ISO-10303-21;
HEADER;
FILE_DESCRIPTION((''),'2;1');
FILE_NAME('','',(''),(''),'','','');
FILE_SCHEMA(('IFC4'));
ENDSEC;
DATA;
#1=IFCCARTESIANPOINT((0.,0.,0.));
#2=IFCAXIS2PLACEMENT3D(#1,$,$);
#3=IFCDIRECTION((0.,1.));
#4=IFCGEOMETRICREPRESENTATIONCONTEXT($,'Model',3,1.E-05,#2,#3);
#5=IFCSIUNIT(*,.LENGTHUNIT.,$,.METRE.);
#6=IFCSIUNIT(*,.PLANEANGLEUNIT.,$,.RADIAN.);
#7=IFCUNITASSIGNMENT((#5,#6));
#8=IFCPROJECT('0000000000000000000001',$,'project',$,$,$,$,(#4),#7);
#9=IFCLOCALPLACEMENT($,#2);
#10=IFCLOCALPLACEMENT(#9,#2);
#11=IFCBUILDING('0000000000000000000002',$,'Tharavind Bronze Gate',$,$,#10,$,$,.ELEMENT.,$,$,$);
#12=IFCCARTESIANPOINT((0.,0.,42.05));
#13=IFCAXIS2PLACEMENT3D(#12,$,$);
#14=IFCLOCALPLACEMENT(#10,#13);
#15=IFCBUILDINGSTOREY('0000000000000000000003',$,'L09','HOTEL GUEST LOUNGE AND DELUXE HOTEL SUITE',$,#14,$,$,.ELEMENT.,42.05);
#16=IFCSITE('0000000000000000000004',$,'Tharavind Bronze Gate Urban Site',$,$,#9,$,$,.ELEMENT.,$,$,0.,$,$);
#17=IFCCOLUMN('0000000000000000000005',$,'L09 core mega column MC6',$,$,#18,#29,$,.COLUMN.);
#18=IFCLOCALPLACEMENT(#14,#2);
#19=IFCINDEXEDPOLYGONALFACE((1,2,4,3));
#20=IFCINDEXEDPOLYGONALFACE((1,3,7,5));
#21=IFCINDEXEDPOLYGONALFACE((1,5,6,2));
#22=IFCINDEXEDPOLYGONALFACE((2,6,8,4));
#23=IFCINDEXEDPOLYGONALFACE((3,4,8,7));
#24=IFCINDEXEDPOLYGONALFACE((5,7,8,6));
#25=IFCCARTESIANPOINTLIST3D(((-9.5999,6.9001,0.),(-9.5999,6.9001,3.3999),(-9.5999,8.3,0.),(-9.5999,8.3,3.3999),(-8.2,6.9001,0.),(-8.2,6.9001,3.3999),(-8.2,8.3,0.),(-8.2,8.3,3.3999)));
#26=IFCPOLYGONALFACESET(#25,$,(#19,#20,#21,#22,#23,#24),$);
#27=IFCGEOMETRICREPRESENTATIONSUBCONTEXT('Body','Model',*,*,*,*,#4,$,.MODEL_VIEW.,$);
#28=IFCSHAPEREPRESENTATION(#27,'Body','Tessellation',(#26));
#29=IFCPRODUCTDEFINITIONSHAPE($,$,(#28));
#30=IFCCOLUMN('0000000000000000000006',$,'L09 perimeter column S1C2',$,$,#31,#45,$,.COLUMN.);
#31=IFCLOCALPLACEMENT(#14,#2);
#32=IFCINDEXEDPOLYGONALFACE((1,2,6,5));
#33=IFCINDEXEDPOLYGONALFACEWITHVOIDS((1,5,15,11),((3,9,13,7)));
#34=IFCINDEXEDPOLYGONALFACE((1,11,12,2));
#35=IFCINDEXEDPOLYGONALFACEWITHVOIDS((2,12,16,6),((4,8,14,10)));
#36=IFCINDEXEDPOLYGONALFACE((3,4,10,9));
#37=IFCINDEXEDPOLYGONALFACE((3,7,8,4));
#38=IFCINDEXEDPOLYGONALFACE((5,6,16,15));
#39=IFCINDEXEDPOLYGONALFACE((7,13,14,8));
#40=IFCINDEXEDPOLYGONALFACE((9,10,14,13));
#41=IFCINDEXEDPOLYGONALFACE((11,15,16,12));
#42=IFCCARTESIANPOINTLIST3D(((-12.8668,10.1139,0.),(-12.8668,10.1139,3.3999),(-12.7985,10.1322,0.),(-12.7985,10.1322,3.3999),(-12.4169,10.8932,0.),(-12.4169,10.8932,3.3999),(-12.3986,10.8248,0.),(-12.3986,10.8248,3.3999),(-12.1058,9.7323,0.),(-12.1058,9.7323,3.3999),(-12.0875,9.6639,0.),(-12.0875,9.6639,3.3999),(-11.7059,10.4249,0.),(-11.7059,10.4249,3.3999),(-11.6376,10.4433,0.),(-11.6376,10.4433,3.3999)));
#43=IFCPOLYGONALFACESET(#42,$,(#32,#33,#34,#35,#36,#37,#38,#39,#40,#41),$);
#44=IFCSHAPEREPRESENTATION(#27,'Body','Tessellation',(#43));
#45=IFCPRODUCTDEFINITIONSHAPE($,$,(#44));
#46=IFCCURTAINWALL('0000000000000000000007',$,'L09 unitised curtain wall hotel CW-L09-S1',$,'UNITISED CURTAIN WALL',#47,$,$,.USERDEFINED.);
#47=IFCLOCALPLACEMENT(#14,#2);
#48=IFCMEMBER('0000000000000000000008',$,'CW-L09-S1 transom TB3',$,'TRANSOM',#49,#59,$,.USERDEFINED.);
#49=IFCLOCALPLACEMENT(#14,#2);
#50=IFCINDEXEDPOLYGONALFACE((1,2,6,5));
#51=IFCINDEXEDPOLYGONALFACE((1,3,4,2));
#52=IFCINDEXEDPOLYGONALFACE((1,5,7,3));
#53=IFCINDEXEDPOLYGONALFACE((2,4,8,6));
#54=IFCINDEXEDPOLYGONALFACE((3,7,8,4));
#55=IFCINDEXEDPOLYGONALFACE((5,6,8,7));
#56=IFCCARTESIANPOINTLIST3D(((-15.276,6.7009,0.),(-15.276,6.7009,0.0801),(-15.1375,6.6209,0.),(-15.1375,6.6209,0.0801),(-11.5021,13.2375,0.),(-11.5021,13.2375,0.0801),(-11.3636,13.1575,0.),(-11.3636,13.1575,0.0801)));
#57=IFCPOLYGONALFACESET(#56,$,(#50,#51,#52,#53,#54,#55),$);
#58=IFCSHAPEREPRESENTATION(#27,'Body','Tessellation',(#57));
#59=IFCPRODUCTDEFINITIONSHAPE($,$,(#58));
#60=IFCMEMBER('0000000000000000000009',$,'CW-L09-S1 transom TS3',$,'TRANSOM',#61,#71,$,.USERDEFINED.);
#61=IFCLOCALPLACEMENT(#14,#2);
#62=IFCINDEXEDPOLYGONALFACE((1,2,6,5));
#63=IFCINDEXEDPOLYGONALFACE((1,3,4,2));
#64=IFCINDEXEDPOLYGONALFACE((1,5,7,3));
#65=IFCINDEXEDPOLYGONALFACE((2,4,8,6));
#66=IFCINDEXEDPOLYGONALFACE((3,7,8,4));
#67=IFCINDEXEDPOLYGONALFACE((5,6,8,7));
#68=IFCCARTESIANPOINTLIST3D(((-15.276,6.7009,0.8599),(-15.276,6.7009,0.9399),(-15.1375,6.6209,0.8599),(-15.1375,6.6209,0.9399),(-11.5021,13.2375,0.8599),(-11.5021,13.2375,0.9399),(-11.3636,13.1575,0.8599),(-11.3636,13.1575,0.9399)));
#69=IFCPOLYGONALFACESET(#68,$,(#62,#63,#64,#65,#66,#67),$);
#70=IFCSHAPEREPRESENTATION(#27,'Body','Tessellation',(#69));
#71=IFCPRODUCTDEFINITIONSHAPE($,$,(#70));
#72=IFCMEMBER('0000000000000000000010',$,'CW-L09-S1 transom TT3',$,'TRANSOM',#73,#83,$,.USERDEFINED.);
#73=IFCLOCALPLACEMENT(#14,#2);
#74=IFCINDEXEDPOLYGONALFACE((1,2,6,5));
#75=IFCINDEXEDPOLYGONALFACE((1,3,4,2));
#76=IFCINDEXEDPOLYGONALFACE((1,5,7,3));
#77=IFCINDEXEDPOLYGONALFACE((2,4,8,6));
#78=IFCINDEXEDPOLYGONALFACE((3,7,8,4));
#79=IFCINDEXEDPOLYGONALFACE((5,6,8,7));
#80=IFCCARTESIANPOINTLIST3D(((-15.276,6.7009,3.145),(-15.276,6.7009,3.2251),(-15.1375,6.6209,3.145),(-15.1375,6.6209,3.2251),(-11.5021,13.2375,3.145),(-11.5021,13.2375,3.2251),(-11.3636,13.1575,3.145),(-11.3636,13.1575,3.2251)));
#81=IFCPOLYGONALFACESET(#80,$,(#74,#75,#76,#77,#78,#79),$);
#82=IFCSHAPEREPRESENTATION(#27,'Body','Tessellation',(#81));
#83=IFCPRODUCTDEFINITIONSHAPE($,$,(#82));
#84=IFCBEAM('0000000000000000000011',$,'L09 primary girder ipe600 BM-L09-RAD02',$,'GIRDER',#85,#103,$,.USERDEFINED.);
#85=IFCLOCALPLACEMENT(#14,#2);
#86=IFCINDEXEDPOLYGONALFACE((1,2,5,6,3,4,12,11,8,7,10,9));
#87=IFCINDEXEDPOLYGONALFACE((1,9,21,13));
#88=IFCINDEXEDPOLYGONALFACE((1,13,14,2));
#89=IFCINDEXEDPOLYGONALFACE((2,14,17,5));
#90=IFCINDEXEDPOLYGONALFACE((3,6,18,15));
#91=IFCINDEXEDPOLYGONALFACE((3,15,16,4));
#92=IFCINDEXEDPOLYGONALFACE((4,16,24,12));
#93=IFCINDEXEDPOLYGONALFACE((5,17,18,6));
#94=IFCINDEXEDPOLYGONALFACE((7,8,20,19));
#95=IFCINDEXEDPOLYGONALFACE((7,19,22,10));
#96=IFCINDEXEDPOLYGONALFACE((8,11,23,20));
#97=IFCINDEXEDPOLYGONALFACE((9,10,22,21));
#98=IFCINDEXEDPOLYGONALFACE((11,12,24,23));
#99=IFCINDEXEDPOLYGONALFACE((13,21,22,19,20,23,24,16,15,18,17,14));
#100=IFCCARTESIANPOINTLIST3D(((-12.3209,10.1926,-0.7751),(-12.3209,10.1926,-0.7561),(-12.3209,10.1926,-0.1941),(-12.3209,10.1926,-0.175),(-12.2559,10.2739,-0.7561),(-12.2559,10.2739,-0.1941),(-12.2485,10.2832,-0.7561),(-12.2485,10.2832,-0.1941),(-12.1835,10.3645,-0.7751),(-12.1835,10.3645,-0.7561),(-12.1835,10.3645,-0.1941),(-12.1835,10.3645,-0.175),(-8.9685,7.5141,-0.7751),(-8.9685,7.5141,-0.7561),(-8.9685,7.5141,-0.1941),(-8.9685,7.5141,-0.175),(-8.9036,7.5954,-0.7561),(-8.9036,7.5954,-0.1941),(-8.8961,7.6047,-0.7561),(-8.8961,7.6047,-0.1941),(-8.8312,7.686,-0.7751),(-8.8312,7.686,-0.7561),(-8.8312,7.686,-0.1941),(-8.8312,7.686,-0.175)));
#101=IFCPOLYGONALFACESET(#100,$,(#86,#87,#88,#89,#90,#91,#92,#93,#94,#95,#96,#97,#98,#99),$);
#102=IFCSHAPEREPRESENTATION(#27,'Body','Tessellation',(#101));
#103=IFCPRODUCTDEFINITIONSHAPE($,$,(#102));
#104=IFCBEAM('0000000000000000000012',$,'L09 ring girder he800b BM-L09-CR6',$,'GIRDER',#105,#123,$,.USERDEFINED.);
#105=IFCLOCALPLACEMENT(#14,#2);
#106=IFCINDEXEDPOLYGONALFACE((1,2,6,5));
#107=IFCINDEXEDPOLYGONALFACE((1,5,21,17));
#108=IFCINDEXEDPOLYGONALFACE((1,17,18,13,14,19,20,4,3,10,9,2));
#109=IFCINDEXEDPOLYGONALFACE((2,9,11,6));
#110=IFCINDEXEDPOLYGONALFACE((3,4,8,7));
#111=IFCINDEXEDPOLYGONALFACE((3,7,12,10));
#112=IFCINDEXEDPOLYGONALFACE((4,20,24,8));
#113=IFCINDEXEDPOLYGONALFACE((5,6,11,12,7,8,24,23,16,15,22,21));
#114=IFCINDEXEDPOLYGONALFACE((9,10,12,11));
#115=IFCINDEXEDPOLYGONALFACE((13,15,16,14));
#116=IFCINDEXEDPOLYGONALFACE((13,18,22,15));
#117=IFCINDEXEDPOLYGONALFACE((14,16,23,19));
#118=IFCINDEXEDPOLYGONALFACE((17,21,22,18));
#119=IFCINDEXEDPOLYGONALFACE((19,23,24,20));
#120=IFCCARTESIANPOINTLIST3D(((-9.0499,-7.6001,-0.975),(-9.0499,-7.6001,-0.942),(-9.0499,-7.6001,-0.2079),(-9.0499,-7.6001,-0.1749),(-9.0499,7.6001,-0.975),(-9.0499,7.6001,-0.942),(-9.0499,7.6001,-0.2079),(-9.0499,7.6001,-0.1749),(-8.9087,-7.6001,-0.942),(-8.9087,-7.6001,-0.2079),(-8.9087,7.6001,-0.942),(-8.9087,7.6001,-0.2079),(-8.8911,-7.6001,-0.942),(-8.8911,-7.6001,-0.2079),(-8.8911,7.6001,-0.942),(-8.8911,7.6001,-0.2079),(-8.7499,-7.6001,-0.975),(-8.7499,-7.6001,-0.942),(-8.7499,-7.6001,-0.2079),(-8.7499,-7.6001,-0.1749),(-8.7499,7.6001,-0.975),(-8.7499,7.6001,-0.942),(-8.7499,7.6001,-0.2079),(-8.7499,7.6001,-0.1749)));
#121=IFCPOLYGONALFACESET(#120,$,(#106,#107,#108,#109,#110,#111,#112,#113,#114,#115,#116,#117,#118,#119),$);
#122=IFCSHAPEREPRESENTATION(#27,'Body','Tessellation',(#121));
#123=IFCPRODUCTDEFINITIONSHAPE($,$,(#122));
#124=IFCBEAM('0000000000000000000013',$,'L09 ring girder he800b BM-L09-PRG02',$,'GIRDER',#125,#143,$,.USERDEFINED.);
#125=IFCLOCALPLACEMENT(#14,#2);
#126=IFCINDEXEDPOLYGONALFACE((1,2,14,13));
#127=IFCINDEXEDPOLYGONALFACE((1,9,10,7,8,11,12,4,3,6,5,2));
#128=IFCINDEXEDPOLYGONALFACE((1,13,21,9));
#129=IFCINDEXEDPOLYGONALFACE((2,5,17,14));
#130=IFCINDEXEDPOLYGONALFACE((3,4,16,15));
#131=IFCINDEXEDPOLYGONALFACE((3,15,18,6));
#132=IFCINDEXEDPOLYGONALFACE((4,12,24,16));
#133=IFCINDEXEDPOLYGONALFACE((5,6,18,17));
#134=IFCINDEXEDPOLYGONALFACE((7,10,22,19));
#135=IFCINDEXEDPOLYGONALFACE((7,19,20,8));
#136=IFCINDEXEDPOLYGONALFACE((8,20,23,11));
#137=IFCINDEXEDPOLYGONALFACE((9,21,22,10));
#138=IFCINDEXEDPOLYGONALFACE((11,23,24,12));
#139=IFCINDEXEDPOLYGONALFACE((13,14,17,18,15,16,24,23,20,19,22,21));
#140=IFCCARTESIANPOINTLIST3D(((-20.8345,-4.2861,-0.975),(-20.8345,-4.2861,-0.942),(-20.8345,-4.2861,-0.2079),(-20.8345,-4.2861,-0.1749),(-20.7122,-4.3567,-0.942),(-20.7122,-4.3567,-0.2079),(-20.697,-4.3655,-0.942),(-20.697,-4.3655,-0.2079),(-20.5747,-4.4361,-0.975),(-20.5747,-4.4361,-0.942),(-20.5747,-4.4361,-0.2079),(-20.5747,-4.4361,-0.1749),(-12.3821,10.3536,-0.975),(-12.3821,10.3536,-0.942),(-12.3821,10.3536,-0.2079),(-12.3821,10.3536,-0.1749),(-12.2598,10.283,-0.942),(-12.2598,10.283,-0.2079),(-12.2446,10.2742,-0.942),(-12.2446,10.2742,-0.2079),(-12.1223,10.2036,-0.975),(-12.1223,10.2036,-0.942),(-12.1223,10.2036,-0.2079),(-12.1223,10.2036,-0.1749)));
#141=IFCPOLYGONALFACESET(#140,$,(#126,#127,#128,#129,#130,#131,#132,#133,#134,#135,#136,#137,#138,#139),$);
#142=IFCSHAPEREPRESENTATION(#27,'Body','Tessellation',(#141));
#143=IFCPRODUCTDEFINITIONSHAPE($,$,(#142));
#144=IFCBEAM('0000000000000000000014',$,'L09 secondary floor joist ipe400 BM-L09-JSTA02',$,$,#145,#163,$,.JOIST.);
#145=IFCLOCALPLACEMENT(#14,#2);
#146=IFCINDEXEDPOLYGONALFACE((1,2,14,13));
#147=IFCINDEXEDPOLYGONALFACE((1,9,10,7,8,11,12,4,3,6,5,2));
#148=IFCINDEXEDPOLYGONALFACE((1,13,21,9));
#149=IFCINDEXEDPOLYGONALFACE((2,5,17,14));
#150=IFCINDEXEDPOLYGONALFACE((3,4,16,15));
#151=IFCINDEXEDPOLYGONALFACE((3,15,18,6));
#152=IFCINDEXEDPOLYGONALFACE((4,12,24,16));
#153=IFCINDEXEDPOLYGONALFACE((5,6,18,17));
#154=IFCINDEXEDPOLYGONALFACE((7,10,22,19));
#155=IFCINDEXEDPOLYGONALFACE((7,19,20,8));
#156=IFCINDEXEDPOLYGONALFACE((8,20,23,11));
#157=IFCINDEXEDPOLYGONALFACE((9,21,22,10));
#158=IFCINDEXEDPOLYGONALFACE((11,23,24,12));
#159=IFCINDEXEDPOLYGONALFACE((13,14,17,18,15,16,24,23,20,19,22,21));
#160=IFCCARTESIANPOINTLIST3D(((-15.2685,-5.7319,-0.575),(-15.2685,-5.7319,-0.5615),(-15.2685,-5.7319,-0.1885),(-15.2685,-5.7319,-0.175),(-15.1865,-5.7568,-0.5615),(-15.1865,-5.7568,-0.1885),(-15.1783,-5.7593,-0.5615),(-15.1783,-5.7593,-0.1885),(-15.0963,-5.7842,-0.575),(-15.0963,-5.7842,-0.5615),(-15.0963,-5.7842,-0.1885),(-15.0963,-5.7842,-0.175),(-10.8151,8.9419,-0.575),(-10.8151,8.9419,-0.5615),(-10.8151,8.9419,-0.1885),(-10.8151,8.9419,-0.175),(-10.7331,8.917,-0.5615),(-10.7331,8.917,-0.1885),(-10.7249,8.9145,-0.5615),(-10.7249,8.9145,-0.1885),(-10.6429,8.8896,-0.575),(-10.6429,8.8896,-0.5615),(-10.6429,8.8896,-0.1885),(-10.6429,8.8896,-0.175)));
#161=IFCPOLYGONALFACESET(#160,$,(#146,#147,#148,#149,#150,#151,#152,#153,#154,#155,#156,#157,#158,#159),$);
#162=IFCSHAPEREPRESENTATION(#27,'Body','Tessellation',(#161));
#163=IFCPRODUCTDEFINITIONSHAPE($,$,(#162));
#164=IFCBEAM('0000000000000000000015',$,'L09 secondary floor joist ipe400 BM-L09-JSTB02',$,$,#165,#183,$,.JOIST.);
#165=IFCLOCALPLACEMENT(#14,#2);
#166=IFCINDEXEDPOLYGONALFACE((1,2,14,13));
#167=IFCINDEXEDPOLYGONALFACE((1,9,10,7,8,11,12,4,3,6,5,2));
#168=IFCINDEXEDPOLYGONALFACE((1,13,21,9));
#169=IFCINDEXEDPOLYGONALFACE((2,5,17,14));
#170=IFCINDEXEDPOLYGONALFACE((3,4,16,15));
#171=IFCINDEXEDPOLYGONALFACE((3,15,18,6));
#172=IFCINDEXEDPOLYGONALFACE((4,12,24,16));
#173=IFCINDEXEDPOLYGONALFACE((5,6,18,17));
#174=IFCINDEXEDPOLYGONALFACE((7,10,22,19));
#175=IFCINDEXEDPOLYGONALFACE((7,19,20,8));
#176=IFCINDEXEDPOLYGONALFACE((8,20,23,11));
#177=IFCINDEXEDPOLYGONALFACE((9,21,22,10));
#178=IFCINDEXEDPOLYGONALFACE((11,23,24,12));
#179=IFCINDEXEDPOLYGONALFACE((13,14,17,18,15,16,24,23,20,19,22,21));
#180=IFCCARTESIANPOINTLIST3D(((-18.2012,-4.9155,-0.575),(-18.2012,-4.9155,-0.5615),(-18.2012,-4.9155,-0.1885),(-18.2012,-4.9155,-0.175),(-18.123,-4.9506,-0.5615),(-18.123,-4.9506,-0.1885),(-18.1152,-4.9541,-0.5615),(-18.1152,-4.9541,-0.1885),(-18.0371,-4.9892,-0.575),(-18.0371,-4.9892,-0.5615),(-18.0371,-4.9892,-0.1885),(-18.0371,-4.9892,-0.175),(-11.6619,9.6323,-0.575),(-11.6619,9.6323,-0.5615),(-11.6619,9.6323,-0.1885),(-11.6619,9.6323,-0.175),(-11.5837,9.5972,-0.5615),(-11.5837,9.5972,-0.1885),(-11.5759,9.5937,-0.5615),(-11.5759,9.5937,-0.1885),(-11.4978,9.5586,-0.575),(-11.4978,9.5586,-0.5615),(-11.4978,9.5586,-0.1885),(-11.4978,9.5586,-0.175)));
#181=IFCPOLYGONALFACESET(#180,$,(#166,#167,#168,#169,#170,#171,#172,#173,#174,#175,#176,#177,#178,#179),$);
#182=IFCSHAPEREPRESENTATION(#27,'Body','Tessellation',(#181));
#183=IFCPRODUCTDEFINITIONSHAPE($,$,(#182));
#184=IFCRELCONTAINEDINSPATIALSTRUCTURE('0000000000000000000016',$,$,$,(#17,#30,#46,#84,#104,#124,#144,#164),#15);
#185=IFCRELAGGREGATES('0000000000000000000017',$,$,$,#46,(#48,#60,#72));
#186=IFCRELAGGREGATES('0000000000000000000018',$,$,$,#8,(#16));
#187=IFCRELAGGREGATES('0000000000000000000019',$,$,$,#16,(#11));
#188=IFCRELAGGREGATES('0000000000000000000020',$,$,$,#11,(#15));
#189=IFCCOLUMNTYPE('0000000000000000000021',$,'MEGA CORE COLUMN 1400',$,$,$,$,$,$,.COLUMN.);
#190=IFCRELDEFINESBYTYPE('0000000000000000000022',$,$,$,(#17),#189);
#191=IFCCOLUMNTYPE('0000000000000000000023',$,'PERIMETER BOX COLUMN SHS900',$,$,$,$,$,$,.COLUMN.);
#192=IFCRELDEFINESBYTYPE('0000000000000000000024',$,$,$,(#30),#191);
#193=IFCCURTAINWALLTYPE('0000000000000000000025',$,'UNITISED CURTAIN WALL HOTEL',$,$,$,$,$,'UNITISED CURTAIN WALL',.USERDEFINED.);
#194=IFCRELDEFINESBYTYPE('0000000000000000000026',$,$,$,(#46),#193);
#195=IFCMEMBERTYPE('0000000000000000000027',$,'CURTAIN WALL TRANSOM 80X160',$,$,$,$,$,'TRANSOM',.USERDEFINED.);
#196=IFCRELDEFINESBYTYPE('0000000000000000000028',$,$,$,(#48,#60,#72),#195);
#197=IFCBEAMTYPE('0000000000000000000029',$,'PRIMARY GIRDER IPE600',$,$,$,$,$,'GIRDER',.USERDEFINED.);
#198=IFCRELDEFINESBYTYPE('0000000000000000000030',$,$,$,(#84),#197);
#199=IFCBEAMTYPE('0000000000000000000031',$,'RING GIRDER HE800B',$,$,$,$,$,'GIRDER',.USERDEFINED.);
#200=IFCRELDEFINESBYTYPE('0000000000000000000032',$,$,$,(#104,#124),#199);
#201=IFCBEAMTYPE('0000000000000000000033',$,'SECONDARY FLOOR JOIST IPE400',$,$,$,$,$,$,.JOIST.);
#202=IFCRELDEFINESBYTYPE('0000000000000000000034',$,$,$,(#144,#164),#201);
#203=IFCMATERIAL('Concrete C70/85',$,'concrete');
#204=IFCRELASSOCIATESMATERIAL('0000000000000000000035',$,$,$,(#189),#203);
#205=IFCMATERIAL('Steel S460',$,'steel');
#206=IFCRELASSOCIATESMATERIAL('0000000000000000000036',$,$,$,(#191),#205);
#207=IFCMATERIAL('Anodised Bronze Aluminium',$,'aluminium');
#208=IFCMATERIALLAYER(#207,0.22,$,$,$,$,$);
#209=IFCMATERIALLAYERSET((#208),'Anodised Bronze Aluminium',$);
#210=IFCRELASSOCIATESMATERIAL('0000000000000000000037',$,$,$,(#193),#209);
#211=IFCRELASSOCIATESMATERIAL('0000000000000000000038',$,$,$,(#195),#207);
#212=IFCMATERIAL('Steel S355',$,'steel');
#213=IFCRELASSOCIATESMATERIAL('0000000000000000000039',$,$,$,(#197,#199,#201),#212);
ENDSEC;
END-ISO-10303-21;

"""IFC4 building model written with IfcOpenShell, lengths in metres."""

from ifc_helpers import new_model, si_unit, direction, frame, origin, origin_2d, place, context, subcontext, project, spatial, rectangle, hollow_rectangle, i_section, extrude, material, layer, layer_set, material_profile, profile_set, type_object, element, aggregate, save


model = new_model("IFC4")

# Units and contexts
model_context = context("Model", 3, precision=1e-05, world=origin(), true_north=direction((0.0, 1.0)))
body_context = subcontext(model_context, "Body", "Model", "MODEL_VIEW")
ifc_project = project(units=[si_unit("LENGTHUNIT", "METRE"), si_unit("PLANEANGLEUNIT", "RADIAN")], contexts=[model_context])

# Site, building, storey
site_placement = place(None, origin())
site = spatial("IfcSite", under=ifc_project, at=site_placement, Name="Tharavind Bronze Gate Urban Site", CompositionType="ELEMENT", RefElevation=0.0)
building_placement = place(site_placement, origin())
building = spatial("IfcBuilding", under=site, at=building_placement, Name="Tharavind Bronze Gate", CompositionType="ELEMENT")
storey_placement = place(building_placement, frame((0.0, 0.0, 42.05)))
storey = spatial("IfcBuildingStorey", under=building, at=storey_placement, Name="L09", Description="HOTEL GUEST LOUNGE AND DELUXE HOTEL SUITE", CompositionType="ELEMENT", Elevation=42.05)

# Columns
ifc_material_1 = material(Name="Concrete C70/85", Category="concrete")
ifc_material_profile_1 = material_profile(ifc_material_1, rectangle(XDim=1.3999, YDim=1.3999, at=origin_2d()), Name="RCCOL1400")
ifc_profile_set_1 = profile_set([ifc_material_profile_1], Name="Concrete C70/85")
column_type_1 = type_object("IfcColumnType", Name="MEGA CORE COLUMN 1400", PredefinedType="COLUMN", material=ifc_profile_set_1)
column_1_placement = place(storey_placement, frame((-8.8999, 7.6001, 0.0), z_axis=(0.0, 0.0, 1.0), x_axis=(1.0, 0.0, 0.0)))
element("IfcColumn", 1, at=column_1_placement, inside=storey, type_object=column_type_1, Name="L09 core mega column MC6", PredefinedType="COLUMN", context=body_context, shape_type="SweptSolid", body=[
    extrude(rectangle(XDim=1.3999, YDim=1.3999, at=origin_2d()), origin(), (0.0, 0.0, 1.0), 3.3999),
])
ifc_material_2 = material(Name="Steel S460", Category="steel")
ifc_material_profile_2 = material_profile(ifc_material_2, hollow_rectangle(XDim=0.8999, YDim=0.8999, WallThickness=0.05, at=origin_2d()), Name="SHS900X50")
ifc_profile_set_2 = profile_set([ifc_material_profile_2], Name="Steel S460")
column_type_2 = type_object("IfcColumnType", Name="PERIMETER BOX COLUMN SHS900", PredefinedType="COLUMN", material=ifc_profile_set_2)
column_2_placement = place(storey_placement, frame((-12.2522, 10.2786, 0.0), z_axis=(0.0, 0.0, 1.0), x_axis=(0.500002, 0.866025, 0.0)))
element("IfcColumn", 2, at=column_2_placement, inside=storey, type_object=column_type_2, Name="L09 perimeter column S1C2", PredefinedType="COLUMN", context=body_context, shape_type="SweptSolid", body=[
    extrude(hollow_rectangle(XDim=0.8999, YDim=0.8999, WallThickness=0.05, at=origin_2d()), origin(), (0.0, 0.0, 1.0), 3.3999),
])

# Curtain wall, members
ifc_material_3 = material(Name="Anodised Bronze Aluminium", Category="aluminium")
ifc_layer_1 = layer(ifc_material_3, 0.22)
ifc_layer_set_1 = layer_set([ifc_layer_1], Name="Anodised Bronze Aluminium")
curtain_wall_type = type_object("IfcCurtainWallType", Name="UNITISED CURTAIN WALL HOTEL", ElementType="UNITISED CURTAIN WALL", PredefinedType="USERDEFINED", material=ifc_layer_set_1)
curtain_wall_placement = place(storey_placement, origin())
curtain_wall = element("IfcCurtainWall", 3, at=curtain_wall_placement, inside=storey, type_object=curtain_wall_type, Name="L09 unitised curtain wall hotel CW-L09-S1", ObjectType="UNITISED CURTAIN WALL", PredefinedType="USERDEFINED")
member_type = type_object("IfcMemberType", Name="CURTAIN WALL TRANSOM 80X160", ElementType="TRANSOM", PredefinedType="USERDEFINED", material=ifc_material_3)
member_1_placement = place(storey_placement, frame((-13.3198, 9.9292, 0.0), z_axis=(0.0, 0.0, 1.0), x_axis=(-0.500002, -0.866025, 0.0)))
member_1 = element("IfcMember", 4, at=member_1_placement, type_object=member_type, Name="CW-L09-S1 transom TB3", ObjectType="TRANSOM", PredefinedType="USERDEFINED", context=body_context, shape_type="SweptSolid", body=[
    extrude(rectangle(XDim=7.5479, YDim=0.1599, at=origin_2d()), origin(), (0.0, 0.0, 1.0), 0.0801),
])
member_2_placement = place(storey_placement, frame((-13.3198, 9.9292, 0.8599), z_axis=(0.0, 0.0, 1.0), x_axis=(-0.500002, -0.866025, 0.0)))
member_2 = element("IfcMember", 5, at=member_2_placement, type_object=member_type, Name="CW-L09-S1 transom TS3", ObjectType="TRANSOM", PredefinedType="USERDEFINED", context=body_context, shape_type="SweptSolid", body=[
    extrude(rectangle(XDim=7.5479, YDim=0.1599, at=origin_2d()), origin(), (0.0, 0.0, 1.0), 0.0801),
])
member_3_placement = place(storey_placement, frame((-13.3198, 9.9292, 3.145), z_axis=(0.0, 0.0, 1.0), x_axis=(-0.500002, -0.866025, 0.0)))
member_3 = element("IfcMember", 6, at=member_3_placement, type_object=member_type, Name="CW-L09-S1 transom TT3", ObjectType="TRANSOM", PredefinedType="USERDEFINED", context=body_context, shape_type="SweptSolid", body=[
    extrude(rectangle(XDim=7.5479, YDim=0.1599, at=origin_2d()), origin(), (0.0, 0.0, 1.0), 0.0801),
])

# Beams
ifc_material_4 = material(Name="Steel S355", Category="steel")
ifc_material_profile_3 = material_profile(ifc_material_4, i_section(OverallWidth=0.22, OverallDepth=0.6001, WebThickness=0.012, FlangeThickness=0.019, at=origin_2d()), Name="IPE600")
ifc_profile_set_3 = profile_set([ifc_material_profile_3], Name="Steel S355")
beam_type_1 = type_object("IfcBeamType", Name="PRIMARY GIRDER IPE600", ElementType="GIRDER", PredefinedType="USERDEFINED", material=ifc_profile_set_3)
beam_1_placement = place(storey_placement, frame((-12.2522, 10.2786, -0.4751), z_axis=(0.781252, -0.624216, 0.0), x_axis=(0.624216, 0.781252, 0.0)))
element("IfcBeam", 7, at=beam_1_placement, inside=storey, type_object=beam_type_1, Name="L09 primary girder ipe600 BM-L09-RAD02", ObjectType="GIRDER", PredefinedType="USERDEFINED", context=body_context, shape_type="SweptSolid", body=[
    extrude(i_section(OverallWidth=0.22, OverallDepth=0.6001, WebThickness=0.012, FlangeThickness=0.019, at=origin_2d()), origin(), (0.0, 0.0, 1.0), 4.291),
])
ifc_material_profile_4 = material_profile(ifc_material_4, i_section(OverallWidth=0.3, OverallDepth=0.8, WebThickness=0.0176, FlangeThickness=0.033, at=origin_2d()), Name="HE800B")
ifc_profile_set_4 = profile_set([ifc_material_profile_4], Name="Steel S355")
beam_type_2 = type_object("IfcBeamType", Name="RING GIRDER HE800B", ElementType="GIRDER", PredefinedType="USERDEFINED", material=ifc_profile_set_4)
beam_2_placement = place(storey_placement, frame((-8.8999, 7.6001, -0.575), z_axis=(0.0, -1.0, 0.0), x_axis=(1.0, 0.0, 0.0)))
element("IfcBeam", 8, at=beam_2_placement, inside=storey, type_object=beam_type_2, Name="L09 ring girder he800b BM-L09-CR6", ObjectType="GIRDER", PredefinedType="USERDEFINED", context=body_context, shape_type="SweptSolid", body=[
    extrude(i_section(OverallWidth=0.3, OverallDepth=0.8, WebThickness=0.0176, FlangeThickness=0.033, at=origin_2d()), origin(), (0.0, 0.0, 1.0), 15.2002),
])
beam_3_placement = place(storey_placement, frame((-12.2522, 10.2786, -0.575), z_axis=(-0.500008, -0.866021, 0.0), x_axis=(0.866021, -0.500008, 0.0)))
element("IfcBeam", 9, at=beam_3_placement, inside=storey, type_object=beam_type_2, Name="L09 ring girder he800b BM-L09-PRG02", ObjectType="GIRDER", PredefinedType="USERDEFINED", context=body_context, shape_type="SweptSolid", body=[
    extrude(i_section(OverallWidth=0.3, OverallDepth=0.8, WebThickness=0.0176, FlangeThickness=0.033, at=origin_2d()), origin(), (0.0, 0.0, 1.0), 16.9045),
])
ifc_material_profile_5 = material_profile(ifc_material_4, i_section(OverallWidth=0.1799, OverallDepth=0.3999, WebThickness=0.0085, FlangeThickness=0.0134, at=origin_2d()), Name="IPE400")
ifc_profile_set_5 = profile_set([ifc_material_profile_5], Name="Steel S355")
beam_type_3 = type_object("IfcBeamType", Name="SECONDARY FLOOR JOIST IPE400", PredefinedType="JOIST", material=ifc_profile_set_5)
beam_4_placement = place(storey_placement, frame((-10.729, 8.9158, -0.375), z_axis=(-0.290411, -0.956902, 0.0), x_axis=(0.956902, -0.290411, 0.0)))
element("IfcBeam", 10, at=beam_4_placement, inside=storey, type_object=beam_type_3, Name="L09 secondary floor joist ipe400 BM-L09-JSTA02", PredefinedType="JOIST", context=body_context, shape_type="SweptSolid", body=[
    extrude(i_section(OverallWidth=0.1799, OverallDepth=0.3999, WebThickness=0.0085, FlangeThickness=0.0134, at=origin_2d()), origin(), (0.0, 0.0, 1.0), 15.3347),
])
beam_5_placement = place(storey_placement, frame((-11.5798, 9.5955, -0.375), z_axis=(-0.409988, -0.912091, 0.0), x_axis=(0.912091, -0.409988, 0.0)))
element("IfcBeam", 11, at=beam_5_placement, inside=storey, type_object=beam_type_3, Name="L09 secondary floor joist ipe400 BM-L09-JSTB02", PredefinedType="JOIST", context=body_context, shape_type="SweptSolid", body=[
    extrude(i_section(OverallWidth=0.1799, OverallDepth=0.3999, WebThickness=0.0085, FlangeThickness=0.0134, at=origin_2d()), origin(), (0.0, 0.0, 1.0), 15.95),
])

aggregate(curtain_wall, [member_1, member_2, member_3])

save(model, "model.ifc")
